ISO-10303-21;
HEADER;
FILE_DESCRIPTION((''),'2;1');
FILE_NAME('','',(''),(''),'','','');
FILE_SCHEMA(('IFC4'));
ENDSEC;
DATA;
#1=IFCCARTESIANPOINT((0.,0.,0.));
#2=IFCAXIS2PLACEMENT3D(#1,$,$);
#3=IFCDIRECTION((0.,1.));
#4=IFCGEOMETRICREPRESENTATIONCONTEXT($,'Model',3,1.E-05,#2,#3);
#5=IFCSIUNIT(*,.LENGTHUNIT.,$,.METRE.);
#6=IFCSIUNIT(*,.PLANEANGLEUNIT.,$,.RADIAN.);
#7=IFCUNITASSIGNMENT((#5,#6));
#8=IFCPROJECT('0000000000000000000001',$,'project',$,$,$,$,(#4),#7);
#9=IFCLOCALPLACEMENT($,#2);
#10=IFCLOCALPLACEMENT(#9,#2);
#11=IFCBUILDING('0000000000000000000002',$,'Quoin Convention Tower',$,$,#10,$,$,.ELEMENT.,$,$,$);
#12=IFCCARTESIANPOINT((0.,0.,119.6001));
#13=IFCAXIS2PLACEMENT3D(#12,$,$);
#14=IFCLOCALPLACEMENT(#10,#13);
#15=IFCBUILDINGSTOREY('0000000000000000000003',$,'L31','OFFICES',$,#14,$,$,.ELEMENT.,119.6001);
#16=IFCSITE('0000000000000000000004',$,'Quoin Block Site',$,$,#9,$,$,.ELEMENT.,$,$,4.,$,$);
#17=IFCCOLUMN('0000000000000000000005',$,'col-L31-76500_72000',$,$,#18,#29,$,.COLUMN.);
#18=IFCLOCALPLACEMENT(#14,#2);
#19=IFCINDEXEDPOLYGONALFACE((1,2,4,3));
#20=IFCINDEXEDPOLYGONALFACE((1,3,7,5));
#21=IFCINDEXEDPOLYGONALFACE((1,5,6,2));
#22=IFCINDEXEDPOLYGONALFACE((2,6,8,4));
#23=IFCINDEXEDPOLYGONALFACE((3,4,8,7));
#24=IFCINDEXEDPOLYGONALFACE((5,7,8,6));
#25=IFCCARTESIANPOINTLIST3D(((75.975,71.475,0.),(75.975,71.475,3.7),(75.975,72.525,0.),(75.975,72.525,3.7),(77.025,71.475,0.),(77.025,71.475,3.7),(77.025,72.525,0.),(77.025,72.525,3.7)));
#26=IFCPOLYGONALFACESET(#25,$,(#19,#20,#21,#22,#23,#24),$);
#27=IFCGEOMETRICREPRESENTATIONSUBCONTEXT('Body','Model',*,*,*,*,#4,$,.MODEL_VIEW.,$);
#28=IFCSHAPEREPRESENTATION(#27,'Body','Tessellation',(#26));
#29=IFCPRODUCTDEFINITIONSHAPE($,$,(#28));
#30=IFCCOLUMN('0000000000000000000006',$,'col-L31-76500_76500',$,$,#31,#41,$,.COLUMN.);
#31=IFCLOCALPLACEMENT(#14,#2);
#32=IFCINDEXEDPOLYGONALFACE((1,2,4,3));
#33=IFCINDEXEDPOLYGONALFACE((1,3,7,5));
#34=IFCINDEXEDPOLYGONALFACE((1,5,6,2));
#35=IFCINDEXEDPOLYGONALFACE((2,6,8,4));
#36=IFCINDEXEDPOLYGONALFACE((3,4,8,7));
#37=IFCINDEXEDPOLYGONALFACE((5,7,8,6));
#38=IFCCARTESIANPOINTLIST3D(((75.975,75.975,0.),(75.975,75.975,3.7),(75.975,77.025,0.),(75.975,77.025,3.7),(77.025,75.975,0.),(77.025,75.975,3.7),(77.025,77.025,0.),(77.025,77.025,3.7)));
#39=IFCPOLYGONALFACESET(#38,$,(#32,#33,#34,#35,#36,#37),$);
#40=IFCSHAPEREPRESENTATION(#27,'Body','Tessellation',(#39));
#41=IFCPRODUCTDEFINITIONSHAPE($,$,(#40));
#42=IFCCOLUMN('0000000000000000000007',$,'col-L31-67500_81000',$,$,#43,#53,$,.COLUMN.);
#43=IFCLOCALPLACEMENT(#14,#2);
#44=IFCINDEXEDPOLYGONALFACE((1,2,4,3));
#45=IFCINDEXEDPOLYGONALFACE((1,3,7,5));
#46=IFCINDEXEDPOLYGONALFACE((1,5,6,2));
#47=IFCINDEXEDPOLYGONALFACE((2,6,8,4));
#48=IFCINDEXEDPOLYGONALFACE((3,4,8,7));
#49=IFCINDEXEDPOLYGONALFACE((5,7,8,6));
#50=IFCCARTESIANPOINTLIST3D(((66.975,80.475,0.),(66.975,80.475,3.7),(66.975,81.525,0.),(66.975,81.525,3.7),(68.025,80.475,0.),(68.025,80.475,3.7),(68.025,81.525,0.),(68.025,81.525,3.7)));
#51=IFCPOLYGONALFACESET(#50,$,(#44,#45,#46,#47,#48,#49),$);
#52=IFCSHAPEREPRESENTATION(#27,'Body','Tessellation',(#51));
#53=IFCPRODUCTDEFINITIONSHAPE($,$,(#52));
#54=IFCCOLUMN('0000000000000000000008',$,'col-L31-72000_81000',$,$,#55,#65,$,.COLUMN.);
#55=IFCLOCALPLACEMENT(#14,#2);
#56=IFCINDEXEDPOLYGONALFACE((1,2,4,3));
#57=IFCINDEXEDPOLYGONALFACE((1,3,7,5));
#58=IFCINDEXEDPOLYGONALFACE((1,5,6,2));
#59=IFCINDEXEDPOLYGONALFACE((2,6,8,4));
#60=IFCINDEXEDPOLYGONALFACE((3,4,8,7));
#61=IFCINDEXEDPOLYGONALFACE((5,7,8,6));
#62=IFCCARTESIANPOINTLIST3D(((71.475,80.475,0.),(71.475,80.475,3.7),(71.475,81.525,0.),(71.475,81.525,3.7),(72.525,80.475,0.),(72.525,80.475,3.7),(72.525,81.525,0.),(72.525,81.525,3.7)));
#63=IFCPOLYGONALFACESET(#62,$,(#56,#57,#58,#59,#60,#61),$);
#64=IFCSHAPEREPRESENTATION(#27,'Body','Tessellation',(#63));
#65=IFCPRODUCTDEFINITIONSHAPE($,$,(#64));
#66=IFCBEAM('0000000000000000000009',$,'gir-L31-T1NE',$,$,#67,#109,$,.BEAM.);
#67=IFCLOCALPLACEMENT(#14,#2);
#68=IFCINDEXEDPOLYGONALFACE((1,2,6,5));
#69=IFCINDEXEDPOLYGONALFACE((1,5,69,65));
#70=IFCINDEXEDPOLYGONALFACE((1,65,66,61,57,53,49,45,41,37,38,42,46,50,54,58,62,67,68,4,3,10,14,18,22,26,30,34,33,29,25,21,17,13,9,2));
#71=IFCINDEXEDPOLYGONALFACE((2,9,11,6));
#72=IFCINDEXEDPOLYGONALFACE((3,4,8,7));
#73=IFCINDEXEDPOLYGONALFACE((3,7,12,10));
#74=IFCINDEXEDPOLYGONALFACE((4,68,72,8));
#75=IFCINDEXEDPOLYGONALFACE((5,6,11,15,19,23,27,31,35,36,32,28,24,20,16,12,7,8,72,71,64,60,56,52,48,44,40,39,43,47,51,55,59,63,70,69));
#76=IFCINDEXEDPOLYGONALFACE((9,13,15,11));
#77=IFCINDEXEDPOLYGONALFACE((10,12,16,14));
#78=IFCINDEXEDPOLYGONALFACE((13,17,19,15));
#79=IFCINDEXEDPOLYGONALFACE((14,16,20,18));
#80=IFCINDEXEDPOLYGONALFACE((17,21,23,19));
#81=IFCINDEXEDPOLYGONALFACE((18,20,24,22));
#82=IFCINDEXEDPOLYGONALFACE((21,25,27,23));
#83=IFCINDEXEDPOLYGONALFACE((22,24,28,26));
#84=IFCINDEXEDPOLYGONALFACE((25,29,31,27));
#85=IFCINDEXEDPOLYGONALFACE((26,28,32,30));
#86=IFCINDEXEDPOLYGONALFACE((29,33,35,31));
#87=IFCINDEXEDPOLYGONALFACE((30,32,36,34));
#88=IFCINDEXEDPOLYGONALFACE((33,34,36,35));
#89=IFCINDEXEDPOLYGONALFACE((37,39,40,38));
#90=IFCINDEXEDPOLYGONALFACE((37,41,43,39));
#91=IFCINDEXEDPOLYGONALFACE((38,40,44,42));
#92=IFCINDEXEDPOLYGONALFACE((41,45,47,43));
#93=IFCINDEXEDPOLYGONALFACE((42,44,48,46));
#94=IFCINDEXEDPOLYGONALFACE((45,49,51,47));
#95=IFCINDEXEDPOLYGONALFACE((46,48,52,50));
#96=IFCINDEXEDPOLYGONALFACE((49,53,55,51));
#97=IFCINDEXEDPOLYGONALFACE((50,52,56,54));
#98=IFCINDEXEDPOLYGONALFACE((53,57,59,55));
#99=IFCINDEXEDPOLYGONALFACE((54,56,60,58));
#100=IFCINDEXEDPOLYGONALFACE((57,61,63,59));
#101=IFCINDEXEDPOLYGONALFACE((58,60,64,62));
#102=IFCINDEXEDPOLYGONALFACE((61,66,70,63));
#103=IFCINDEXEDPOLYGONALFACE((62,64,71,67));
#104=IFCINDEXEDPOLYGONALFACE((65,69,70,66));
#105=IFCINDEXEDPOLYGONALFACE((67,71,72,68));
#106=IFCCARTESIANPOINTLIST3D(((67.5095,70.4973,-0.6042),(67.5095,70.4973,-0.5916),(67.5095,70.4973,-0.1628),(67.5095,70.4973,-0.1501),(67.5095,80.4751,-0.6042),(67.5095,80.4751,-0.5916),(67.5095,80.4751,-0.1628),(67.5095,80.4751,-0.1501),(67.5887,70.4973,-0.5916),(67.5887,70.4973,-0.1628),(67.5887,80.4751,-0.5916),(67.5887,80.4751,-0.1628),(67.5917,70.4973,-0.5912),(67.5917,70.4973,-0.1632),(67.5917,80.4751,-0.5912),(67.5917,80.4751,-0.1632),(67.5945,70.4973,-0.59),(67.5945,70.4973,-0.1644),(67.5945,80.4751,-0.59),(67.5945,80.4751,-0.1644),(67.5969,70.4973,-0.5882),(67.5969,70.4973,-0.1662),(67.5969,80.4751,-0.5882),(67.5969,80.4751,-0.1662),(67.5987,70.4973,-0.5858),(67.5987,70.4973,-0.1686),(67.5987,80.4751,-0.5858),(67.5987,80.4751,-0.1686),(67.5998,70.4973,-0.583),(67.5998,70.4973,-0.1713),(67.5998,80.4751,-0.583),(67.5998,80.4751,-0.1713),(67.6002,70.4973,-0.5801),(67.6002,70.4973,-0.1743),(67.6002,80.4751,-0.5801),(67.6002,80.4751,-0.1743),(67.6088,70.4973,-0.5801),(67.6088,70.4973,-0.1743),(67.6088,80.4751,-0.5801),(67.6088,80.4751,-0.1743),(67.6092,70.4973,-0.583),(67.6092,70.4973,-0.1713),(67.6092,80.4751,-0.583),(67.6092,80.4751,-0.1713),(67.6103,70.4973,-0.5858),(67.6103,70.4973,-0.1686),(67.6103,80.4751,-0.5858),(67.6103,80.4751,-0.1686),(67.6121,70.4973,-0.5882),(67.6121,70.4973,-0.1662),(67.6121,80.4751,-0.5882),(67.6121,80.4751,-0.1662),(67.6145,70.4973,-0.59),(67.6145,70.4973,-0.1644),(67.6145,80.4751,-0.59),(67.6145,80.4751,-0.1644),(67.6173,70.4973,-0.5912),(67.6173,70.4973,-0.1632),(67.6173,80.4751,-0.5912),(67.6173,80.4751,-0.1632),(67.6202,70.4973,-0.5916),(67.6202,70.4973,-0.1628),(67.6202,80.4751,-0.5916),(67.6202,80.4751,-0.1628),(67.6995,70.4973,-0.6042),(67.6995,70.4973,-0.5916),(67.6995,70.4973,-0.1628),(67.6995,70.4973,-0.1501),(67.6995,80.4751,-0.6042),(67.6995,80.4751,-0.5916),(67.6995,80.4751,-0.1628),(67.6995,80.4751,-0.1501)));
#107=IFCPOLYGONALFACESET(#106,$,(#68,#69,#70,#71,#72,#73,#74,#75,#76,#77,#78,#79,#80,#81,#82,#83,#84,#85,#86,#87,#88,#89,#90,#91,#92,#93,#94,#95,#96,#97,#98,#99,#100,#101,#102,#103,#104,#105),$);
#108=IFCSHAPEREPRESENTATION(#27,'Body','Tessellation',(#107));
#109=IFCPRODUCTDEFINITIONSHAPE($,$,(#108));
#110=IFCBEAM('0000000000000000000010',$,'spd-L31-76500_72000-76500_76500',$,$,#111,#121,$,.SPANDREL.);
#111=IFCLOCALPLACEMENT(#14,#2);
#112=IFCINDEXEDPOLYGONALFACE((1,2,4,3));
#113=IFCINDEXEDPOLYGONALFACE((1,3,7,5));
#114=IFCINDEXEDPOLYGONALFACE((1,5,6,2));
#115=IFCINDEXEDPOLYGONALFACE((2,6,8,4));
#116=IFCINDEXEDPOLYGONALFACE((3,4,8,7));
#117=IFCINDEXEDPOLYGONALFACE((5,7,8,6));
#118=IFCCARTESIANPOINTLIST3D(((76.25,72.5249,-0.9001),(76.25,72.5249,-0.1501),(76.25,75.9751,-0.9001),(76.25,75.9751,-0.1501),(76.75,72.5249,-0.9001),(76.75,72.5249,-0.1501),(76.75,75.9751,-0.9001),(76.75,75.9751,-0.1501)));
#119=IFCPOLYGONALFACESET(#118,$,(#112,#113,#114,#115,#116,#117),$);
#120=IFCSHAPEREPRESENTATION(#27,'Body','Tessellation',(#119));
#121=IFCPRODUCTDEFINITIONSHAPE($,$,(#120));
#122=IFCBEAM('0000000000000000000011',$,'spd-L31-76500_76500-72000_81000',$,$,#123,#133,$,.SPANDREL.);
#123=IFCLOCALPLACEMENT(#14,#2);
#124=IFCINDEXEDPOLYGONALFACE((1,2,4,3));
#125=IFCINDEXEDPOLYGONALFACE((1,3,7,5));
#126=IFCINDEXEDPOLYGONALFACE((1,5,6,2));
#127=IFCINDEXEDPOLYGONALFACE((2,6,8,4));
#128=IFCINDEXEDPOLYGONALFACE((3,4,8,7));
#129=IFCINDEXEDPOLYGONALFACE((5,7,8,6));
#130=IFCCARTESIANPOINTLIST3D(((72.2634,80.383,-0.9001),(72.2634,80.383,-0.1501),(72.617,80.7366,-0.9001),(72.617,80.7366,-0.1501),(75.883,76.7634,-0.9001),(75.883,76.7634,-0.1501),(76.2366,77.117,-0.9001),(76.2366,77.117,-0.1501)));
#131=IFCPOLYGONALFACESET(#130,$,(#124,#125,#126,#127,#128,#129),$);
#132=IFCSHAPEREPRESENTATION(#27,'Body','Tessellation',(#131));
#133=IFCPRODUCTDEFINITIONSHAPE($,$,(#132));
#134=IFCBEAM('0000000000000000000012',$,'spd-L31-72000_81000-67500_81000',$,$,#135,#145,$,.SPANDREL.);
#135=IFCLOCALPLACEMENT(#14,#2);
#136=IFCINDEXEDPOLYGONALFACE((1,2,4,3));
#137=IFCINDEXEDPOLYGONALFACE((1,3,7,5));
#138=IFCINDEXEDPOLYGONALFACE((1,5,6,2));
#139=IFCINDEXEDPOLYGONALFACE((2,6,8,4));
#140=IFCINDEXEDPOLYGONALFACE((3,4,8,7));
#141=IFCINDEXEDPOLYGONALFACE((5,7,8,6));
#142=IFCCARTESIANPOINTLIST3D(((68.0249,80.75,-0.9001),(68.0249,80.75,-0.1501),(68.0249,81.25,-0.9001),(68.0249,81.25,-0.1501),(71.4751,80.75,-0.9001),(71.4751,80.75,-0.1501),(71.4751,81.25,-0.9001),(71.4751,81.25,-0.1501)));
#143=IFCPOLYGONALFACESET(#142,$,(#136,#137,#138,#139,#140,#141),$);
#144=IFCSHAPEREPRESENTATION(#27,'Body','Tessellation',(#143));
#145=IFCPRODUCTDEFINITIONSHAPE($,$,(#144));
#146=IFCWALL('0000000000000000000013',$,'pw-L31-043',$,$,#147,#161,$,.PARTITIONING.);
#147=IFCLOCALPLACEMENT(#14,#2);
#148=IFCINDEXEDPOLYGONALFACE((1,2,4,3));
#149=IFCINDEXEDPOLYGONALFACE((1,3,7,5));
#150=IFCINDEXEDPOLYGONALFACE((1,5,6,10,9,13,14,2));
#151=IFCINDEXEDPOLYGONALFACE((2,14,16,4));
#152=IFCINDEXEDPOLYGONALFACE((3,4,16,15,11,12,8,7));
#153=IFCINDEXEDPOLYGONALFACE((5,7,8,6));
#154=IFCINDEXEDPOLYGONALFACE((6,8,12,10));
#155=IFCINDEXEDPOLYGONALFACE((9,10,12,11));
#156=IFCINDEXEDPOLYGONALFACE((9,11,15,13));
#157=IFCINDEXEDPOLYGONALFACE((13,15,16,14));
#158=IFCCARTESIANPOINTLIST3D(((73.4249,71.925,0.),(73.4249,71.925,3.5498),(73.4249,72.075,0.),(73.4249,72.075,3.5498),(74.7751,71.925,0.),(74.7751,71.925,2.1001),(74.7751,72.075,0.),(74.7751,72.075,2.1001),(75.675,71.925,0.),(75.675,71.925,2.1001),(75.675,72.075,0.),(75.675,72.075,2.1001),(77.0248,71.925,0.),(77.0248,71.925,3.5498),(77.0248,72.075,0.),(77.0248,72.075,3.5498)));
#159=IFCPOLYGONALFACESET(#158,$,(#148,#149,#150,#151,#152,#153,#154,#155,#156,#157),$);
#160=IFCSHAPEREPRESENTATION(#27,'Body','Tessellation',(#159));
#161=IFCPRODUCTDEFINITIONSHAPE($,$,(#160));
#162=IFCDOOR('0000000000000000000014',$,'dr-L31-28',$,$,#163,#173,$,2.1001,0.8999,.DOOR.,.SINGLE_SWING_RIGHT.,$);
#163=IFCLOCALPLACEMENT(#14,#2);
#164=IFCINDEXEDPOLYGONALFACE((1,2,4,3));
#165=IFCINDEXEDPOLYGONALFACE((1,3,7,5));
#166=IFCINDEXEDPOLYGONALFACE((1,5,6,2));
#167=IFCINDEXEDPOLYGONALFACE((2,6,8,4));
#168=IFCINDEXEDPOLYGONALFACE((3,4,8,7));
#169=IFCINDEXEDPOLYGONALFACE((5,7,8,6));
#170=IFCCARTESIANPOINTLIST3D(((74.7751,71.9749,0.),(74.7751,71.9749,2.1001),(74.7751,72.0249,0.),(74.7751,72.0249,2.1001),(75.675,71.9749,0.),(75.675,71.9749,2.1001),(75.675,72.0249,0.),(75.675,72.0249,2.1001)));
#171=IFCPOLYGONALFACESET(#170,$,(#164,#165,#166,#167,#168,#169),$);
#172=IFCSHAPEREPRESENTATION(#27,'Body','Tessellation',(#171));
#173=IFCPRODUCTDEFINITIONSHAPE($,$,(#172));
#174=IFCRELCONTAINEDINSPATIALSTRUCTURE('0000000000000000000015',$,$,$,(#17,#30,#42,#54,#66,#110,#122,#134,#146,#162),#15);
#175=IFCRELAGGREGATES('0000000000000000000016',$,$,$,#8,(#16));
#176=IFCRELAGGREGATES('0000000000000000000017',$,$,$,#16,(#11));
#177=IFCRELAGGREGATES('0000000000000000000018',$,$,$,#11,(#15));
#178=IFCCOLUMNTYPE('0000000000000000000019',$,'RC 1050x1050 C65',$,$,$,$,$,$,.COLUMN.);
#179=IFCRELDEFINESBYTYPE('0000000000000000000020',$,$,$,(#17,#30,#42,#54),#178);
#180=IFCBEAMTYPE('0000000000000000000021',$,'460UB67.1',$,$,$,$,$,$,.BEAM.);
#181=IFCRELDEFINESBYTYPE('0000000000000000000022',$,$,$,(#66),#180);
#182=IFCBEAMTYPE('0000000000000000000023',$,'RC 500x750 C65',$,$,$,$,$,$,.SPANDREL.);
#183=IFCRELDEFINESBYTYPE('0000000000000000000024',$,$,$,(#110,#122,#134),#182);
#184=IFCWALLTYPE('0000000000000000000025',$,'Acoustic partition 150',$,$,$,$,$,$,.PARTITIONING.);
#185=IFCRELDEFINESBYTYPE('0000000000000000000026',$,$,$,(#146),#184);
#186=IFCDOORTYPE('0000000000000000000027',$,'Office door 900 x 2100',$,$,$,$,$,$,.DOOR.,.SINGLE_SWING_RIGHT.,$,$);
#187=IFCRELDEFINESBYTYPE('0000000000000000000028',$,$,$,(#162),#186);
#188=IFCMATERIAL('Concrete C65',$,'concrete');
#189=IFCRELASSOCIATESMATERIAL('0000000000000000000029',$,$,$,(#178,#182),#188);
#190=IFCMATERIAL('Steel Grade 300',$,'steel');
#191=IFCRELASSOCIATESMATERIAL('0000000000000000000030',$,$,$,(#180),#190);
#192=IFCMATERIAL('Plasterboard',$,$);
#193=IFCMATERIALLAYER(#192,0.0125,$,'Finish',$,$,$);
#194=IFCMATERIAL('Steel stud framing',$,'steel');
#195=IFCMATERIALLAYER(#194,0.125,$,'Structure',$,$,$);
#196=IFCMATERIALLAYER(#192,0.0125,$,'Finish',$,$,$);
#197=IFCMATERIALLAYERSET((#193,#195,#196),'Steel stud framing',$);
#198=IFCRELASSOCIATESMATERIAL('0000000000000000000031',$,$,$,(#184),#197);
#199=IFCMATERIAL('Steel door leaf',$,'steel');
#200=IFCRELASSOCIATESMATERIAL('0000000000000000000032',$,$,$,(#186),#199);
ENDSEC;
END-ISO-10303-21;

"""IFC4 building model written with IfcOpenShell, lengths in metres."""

from ifc_helpers import new_model, si_unit, direction, frame, frame_2d, origin, origin_2d, place, context, subcontext, project, spatial, rectangle, i_section, extrude, material, layer, layer_set, material_profile, profile_set, type_object, element, fill, save


model = new_model("IFC4")

# Units and contexts
model_context = context("Model", 3, precision=1e-05, world=origin(), true_north=direction((0.0, 1.0)))
body_context = subcontext(model_context, "Body", "Model", "MODEL_VIEW")
ifc_project = project(units=[si_unit("LENGTHUNIT", "METRE"), si_unit("PLANEANGLEUNIT", "RADIAN")], contexts=[model_context])

# Site, building, storey
site_placement = place(None, origin())
site = spatial("IfcSite", under=ifc_project, at=site_placement, Name="Quoin Block Site", CompositionType="ELEMENT", RefElevation=4.0)
building_placement = place(site_placement, origin())
building = spatial("IfcBuilding", under=site, at=building_placement, Name="Quoin Convention Tower", CompositionType="ELEMENT")
storey_placement = place(building_placement, frame((0.0, 0.0, 119.6001)))
storey = spatial("IfcBuildingStorey", under=building, at=storey_placement, Name="L31", Description="OFFICES", CompositionType="ELEMENT", Elevation=119.6001)

# Columns
ifc_material_1 = material(Name="Concrete C65", Category="concrete")
ifc_material_profile_1 = material_profile(ifc_material_1, rectangle(XDim=1.05, YDim=1.05, at=origin_2d()), Name="RC 1050x1050")
ifc_profile_set_1 = profile_set([ifc_material_profile_1], Name="Concrete C65")
column_type = type_object("IfcColumnType", Name="RC 1050x1050 C65", PredefinedType="COLUMN", material=ifc_profile_set_1)
for number, where, z_axis, x_axis, name in (
    (1, (76.5, 72.0, 0.0), (0.0, 0.0, 1.0), (1.0, 0.0, 0.0), "col-L31-76500_72000"),
    (2, (76.5, 76.5, 0.0), (0.0, 0.0, 1.0), (1.0, 0.0, 0.0), "col-L31-76500_76500"),
    (3, (67.5, 81.0, 0.0), (0.0, 0.0, 1.0), (1.0, 0.0, 0.0), "col-L31-67500_81000"),
    (4, (72.0, 81.0, 0.0), (0.0, 0.0, 1.0), (1.0, 0.0, 0.0), "col-L31-72000_81000"),
):
    element("IfcColumn", number, at=place(storey_placement, frame(where, z_axis=z_axis, x_axis=x_axis)), inside=storey, type_object=column_type, Name=name, PredefinedType="COLUMN", context=body_context, shape_type="SweptSolid", body=[
        extrude(rectangle(XDim=1.05, YDim=1.05, at=origin_2d()), origin(), (0.0, 0.0, 1.0), 3.7),
    ])

# Beams
ifc_material_2 = material(Name="Steel Grade 300", Category="steel")
ifc_material_profile_2 = material_profile(ifc_material_2, i_section(OverallWidth=0.1899, OverallDepth=0.4541, WebThickness=0.0085, FlangeThickness=0.0127, FilletRadius=0.0115, at=origin_2d()), Name="460UB67.1")
ifc_profile_set_2 = profile_set([ifc_material_profile_2], Name="Steel Grade 300")
beam_type_1 = type_object("IfcBeamType", Name="460UB67.1", PredefinedType="BEAM", material=ifc_profile_set_2)
beam_1_placement = place(storey_placement, frame((67.6045, 80.4751, -0.3772), z_axis=(0.0, -1.0, 0.0), x_axis=(1.0, 0.0, 0.0)))
element("IfcBeam", 5, at=beam_1_placement, inside=storey, type_object=beam_type_1, Name="gir-L31-T1NE", PredefinedType="BEAM", context=body_context, shape_type="SweptSolid", body=[
    extrude(i_section(OverallWidth=0.1899, OverallDepth=0.4541, WebThickness=0.0085, FlangeThickness=0.0127, FilletRadius=0.0115, at=origin_2d()), origin(), (0.0, 0.0, 1.0), 9.9778),
])
ifc_material_profile_3 = material_profile(ifc_material_1, rectangle(XDim=0.5, YDim=0.75, at=origin_2d()), Name="RC 500x750")
ifc_profile_set_3 = profile_set([ifc_material_profile_3], Name="Concrete C65")
beam_type_2 = type_object("IfcBeamType", Name="RC 500x750 C65", PredefinedType="SPANDREL", material=ifc_profile_set_3)
beam_2_placement = place(storey_placement, frame((76.5, 72.5249, -0.5251), z_axis=(0.0, 1.0, 0.0), x_axis=(-1.0, 0.0, 0.0)))
element("IfcBeam", 6, at=beam_2_placement, inside=storey, type_object=beam_type_2, Name="spd-L31-76500_72000-76500_76500", PredefinedType="SPANDREL", context=body_context, shape_type="SweptSolid", body=[
    extrude(rectangle(XDim=0.5, YDim=0.75, at=origin_2d()), origin(), (0.0, 0.0, 1.0), 3.4502),
])
beam_3_placement = place(storey_placement, frame((76.0598, 76.9402, -0.5251), z_axis=(-0.707107, 0.707107, 0.0), x_axis=(-0.707107, -0.707107, 0.0)))
element("IfcBeam", 7, at=beam_3_placement, inside=storey, type_object=beam_type_2, Name="spd-L31-76500_76500-72000_81000", PredefinedType="SPANDREL", context=body_context, shape_type="SweptSolid", body=[
    extrude(rectangle(XDim=0.5, YDim=0.75, at=origin_2d()), origin(), (0.0, 0.0, 1.0), 5.1189),
])
beam_4_placement = place(storey_placement, frame((71.4751, 81.0, -0.5251), z_axis=(-1.0, 0.0, 0.0), x_axis=(0.0, -1.0, 0.0)))
element("IfcBeam", 8, at=beam_4_placement, inside=storey, type_object=beam_type_2, Name="spd-L31-72000_81000-67500_81000", PredefinedType="SPANDREL", context=body_context, shape_type="SweptSolid", body=[
    extrude(rectangle(XDim=0.5, YDim=0.75, at=origin_2d()), origin(), (0.0, 0.0, 1.0), 3.4502),
])

# Wall, opening, door
ifc_material_3 = material(Name="Plasterboard")
ifc_layer_1 = layer(ifc_material_3, 0.0125, Name="Finish")
ifc_material_4 = material(Name="Steel stud framing", Category="steel")
ifc_layer_2 = layer(ifc_material_4, 0.125, Name="Structure")
ifc_layer_3 = layer(ifc_material_3, 0.0125, Name="Finish")
ifc_layer_set_1 = layer_set([ifc_layer_1, ifc_layer_2, ifc_layer_3], Name="Steel stud framing")
wall_type_1 = type_object("IfcWallType", Name="Acoustic partition 150", PredefinedType="PARTITIONING", material=ifc_layer_set_1)
wall_1_placement = place(storey_placement, frame((73.425, 72.0, 0.0), z_axis=(0.0, 0.0, 1.0), x_axis=(1.0, 0.0, 0.0)))
wall_1 = element("IfcWall", 9, at=wall_1_placement, inside=storey, type_object=wall_type_1, Name="pw-L31-043", PredefinedType="PARTITIONING", context=body_context, shape_type="SweptSolid", body=[
    extrude(rectangle(XDim=3.5999, YDim=0.1499, at=frame_2d((1.7998, 0.0))), origin(), (0.0, 0.0, 1.0), 3.5498),
])
opening_1_placement = place(wall_1_placement, frame((1.3501, 0.0, 0.0)))
opening_1 = element("IfcOpeningElement", 10, at=opening_1_placement, cuts=wall_1, PredefinedType="OPENING", context=body_context, shape_type="SweptSolid", body=[
    extrude(rectangle(XDim=0.8999, YDim=2.1001, at=frame_2d((0.45, 1.05))), frame((0.0, 0.085, 0.0), z_axis=(0.0, -1.0, 0.0), x_axis=(1.0, 0.0, 0.0)), (0.0, 0.0, 1.0), 0.1699),
])
ifc_material_5 = material(Name="Steel door leaf", Category="steel")
door_type = type_object("IfcDoorType", Name="Office door 900 x 2100", OperationType="SINGLE_SWING_RIGHT", PredefinedType="DOOR", material=ifc_material_5)
door_1_placement = place(opening_1_placement, origin())
door_1 = element("IfcDoor", 11, at=door_1_placement, inside=storey, type_object=door_type, Name="dr-L31-28", OperationType="SINGLE_SWING_RIGHT", OverallHeight=2.1001, OverallWidth=0.8999, PredefinedType="DOOR", context=body_context, shape_type="SweptSolid", body=[
    extrude(rectangle(XDim=0.8999, YDim=2.1001, at=frame_2d((0.45, 1.05))), frame((0.0, 0.0249, 0.0), z_axis=(0.0, -1.0, 0.0), x_axis=(1.0, 0.0, 0.0)), (0.0, 0.0, 1.0), 0.05),
])
fill(opening_1, door_1)

save(model, "model.ifc")
